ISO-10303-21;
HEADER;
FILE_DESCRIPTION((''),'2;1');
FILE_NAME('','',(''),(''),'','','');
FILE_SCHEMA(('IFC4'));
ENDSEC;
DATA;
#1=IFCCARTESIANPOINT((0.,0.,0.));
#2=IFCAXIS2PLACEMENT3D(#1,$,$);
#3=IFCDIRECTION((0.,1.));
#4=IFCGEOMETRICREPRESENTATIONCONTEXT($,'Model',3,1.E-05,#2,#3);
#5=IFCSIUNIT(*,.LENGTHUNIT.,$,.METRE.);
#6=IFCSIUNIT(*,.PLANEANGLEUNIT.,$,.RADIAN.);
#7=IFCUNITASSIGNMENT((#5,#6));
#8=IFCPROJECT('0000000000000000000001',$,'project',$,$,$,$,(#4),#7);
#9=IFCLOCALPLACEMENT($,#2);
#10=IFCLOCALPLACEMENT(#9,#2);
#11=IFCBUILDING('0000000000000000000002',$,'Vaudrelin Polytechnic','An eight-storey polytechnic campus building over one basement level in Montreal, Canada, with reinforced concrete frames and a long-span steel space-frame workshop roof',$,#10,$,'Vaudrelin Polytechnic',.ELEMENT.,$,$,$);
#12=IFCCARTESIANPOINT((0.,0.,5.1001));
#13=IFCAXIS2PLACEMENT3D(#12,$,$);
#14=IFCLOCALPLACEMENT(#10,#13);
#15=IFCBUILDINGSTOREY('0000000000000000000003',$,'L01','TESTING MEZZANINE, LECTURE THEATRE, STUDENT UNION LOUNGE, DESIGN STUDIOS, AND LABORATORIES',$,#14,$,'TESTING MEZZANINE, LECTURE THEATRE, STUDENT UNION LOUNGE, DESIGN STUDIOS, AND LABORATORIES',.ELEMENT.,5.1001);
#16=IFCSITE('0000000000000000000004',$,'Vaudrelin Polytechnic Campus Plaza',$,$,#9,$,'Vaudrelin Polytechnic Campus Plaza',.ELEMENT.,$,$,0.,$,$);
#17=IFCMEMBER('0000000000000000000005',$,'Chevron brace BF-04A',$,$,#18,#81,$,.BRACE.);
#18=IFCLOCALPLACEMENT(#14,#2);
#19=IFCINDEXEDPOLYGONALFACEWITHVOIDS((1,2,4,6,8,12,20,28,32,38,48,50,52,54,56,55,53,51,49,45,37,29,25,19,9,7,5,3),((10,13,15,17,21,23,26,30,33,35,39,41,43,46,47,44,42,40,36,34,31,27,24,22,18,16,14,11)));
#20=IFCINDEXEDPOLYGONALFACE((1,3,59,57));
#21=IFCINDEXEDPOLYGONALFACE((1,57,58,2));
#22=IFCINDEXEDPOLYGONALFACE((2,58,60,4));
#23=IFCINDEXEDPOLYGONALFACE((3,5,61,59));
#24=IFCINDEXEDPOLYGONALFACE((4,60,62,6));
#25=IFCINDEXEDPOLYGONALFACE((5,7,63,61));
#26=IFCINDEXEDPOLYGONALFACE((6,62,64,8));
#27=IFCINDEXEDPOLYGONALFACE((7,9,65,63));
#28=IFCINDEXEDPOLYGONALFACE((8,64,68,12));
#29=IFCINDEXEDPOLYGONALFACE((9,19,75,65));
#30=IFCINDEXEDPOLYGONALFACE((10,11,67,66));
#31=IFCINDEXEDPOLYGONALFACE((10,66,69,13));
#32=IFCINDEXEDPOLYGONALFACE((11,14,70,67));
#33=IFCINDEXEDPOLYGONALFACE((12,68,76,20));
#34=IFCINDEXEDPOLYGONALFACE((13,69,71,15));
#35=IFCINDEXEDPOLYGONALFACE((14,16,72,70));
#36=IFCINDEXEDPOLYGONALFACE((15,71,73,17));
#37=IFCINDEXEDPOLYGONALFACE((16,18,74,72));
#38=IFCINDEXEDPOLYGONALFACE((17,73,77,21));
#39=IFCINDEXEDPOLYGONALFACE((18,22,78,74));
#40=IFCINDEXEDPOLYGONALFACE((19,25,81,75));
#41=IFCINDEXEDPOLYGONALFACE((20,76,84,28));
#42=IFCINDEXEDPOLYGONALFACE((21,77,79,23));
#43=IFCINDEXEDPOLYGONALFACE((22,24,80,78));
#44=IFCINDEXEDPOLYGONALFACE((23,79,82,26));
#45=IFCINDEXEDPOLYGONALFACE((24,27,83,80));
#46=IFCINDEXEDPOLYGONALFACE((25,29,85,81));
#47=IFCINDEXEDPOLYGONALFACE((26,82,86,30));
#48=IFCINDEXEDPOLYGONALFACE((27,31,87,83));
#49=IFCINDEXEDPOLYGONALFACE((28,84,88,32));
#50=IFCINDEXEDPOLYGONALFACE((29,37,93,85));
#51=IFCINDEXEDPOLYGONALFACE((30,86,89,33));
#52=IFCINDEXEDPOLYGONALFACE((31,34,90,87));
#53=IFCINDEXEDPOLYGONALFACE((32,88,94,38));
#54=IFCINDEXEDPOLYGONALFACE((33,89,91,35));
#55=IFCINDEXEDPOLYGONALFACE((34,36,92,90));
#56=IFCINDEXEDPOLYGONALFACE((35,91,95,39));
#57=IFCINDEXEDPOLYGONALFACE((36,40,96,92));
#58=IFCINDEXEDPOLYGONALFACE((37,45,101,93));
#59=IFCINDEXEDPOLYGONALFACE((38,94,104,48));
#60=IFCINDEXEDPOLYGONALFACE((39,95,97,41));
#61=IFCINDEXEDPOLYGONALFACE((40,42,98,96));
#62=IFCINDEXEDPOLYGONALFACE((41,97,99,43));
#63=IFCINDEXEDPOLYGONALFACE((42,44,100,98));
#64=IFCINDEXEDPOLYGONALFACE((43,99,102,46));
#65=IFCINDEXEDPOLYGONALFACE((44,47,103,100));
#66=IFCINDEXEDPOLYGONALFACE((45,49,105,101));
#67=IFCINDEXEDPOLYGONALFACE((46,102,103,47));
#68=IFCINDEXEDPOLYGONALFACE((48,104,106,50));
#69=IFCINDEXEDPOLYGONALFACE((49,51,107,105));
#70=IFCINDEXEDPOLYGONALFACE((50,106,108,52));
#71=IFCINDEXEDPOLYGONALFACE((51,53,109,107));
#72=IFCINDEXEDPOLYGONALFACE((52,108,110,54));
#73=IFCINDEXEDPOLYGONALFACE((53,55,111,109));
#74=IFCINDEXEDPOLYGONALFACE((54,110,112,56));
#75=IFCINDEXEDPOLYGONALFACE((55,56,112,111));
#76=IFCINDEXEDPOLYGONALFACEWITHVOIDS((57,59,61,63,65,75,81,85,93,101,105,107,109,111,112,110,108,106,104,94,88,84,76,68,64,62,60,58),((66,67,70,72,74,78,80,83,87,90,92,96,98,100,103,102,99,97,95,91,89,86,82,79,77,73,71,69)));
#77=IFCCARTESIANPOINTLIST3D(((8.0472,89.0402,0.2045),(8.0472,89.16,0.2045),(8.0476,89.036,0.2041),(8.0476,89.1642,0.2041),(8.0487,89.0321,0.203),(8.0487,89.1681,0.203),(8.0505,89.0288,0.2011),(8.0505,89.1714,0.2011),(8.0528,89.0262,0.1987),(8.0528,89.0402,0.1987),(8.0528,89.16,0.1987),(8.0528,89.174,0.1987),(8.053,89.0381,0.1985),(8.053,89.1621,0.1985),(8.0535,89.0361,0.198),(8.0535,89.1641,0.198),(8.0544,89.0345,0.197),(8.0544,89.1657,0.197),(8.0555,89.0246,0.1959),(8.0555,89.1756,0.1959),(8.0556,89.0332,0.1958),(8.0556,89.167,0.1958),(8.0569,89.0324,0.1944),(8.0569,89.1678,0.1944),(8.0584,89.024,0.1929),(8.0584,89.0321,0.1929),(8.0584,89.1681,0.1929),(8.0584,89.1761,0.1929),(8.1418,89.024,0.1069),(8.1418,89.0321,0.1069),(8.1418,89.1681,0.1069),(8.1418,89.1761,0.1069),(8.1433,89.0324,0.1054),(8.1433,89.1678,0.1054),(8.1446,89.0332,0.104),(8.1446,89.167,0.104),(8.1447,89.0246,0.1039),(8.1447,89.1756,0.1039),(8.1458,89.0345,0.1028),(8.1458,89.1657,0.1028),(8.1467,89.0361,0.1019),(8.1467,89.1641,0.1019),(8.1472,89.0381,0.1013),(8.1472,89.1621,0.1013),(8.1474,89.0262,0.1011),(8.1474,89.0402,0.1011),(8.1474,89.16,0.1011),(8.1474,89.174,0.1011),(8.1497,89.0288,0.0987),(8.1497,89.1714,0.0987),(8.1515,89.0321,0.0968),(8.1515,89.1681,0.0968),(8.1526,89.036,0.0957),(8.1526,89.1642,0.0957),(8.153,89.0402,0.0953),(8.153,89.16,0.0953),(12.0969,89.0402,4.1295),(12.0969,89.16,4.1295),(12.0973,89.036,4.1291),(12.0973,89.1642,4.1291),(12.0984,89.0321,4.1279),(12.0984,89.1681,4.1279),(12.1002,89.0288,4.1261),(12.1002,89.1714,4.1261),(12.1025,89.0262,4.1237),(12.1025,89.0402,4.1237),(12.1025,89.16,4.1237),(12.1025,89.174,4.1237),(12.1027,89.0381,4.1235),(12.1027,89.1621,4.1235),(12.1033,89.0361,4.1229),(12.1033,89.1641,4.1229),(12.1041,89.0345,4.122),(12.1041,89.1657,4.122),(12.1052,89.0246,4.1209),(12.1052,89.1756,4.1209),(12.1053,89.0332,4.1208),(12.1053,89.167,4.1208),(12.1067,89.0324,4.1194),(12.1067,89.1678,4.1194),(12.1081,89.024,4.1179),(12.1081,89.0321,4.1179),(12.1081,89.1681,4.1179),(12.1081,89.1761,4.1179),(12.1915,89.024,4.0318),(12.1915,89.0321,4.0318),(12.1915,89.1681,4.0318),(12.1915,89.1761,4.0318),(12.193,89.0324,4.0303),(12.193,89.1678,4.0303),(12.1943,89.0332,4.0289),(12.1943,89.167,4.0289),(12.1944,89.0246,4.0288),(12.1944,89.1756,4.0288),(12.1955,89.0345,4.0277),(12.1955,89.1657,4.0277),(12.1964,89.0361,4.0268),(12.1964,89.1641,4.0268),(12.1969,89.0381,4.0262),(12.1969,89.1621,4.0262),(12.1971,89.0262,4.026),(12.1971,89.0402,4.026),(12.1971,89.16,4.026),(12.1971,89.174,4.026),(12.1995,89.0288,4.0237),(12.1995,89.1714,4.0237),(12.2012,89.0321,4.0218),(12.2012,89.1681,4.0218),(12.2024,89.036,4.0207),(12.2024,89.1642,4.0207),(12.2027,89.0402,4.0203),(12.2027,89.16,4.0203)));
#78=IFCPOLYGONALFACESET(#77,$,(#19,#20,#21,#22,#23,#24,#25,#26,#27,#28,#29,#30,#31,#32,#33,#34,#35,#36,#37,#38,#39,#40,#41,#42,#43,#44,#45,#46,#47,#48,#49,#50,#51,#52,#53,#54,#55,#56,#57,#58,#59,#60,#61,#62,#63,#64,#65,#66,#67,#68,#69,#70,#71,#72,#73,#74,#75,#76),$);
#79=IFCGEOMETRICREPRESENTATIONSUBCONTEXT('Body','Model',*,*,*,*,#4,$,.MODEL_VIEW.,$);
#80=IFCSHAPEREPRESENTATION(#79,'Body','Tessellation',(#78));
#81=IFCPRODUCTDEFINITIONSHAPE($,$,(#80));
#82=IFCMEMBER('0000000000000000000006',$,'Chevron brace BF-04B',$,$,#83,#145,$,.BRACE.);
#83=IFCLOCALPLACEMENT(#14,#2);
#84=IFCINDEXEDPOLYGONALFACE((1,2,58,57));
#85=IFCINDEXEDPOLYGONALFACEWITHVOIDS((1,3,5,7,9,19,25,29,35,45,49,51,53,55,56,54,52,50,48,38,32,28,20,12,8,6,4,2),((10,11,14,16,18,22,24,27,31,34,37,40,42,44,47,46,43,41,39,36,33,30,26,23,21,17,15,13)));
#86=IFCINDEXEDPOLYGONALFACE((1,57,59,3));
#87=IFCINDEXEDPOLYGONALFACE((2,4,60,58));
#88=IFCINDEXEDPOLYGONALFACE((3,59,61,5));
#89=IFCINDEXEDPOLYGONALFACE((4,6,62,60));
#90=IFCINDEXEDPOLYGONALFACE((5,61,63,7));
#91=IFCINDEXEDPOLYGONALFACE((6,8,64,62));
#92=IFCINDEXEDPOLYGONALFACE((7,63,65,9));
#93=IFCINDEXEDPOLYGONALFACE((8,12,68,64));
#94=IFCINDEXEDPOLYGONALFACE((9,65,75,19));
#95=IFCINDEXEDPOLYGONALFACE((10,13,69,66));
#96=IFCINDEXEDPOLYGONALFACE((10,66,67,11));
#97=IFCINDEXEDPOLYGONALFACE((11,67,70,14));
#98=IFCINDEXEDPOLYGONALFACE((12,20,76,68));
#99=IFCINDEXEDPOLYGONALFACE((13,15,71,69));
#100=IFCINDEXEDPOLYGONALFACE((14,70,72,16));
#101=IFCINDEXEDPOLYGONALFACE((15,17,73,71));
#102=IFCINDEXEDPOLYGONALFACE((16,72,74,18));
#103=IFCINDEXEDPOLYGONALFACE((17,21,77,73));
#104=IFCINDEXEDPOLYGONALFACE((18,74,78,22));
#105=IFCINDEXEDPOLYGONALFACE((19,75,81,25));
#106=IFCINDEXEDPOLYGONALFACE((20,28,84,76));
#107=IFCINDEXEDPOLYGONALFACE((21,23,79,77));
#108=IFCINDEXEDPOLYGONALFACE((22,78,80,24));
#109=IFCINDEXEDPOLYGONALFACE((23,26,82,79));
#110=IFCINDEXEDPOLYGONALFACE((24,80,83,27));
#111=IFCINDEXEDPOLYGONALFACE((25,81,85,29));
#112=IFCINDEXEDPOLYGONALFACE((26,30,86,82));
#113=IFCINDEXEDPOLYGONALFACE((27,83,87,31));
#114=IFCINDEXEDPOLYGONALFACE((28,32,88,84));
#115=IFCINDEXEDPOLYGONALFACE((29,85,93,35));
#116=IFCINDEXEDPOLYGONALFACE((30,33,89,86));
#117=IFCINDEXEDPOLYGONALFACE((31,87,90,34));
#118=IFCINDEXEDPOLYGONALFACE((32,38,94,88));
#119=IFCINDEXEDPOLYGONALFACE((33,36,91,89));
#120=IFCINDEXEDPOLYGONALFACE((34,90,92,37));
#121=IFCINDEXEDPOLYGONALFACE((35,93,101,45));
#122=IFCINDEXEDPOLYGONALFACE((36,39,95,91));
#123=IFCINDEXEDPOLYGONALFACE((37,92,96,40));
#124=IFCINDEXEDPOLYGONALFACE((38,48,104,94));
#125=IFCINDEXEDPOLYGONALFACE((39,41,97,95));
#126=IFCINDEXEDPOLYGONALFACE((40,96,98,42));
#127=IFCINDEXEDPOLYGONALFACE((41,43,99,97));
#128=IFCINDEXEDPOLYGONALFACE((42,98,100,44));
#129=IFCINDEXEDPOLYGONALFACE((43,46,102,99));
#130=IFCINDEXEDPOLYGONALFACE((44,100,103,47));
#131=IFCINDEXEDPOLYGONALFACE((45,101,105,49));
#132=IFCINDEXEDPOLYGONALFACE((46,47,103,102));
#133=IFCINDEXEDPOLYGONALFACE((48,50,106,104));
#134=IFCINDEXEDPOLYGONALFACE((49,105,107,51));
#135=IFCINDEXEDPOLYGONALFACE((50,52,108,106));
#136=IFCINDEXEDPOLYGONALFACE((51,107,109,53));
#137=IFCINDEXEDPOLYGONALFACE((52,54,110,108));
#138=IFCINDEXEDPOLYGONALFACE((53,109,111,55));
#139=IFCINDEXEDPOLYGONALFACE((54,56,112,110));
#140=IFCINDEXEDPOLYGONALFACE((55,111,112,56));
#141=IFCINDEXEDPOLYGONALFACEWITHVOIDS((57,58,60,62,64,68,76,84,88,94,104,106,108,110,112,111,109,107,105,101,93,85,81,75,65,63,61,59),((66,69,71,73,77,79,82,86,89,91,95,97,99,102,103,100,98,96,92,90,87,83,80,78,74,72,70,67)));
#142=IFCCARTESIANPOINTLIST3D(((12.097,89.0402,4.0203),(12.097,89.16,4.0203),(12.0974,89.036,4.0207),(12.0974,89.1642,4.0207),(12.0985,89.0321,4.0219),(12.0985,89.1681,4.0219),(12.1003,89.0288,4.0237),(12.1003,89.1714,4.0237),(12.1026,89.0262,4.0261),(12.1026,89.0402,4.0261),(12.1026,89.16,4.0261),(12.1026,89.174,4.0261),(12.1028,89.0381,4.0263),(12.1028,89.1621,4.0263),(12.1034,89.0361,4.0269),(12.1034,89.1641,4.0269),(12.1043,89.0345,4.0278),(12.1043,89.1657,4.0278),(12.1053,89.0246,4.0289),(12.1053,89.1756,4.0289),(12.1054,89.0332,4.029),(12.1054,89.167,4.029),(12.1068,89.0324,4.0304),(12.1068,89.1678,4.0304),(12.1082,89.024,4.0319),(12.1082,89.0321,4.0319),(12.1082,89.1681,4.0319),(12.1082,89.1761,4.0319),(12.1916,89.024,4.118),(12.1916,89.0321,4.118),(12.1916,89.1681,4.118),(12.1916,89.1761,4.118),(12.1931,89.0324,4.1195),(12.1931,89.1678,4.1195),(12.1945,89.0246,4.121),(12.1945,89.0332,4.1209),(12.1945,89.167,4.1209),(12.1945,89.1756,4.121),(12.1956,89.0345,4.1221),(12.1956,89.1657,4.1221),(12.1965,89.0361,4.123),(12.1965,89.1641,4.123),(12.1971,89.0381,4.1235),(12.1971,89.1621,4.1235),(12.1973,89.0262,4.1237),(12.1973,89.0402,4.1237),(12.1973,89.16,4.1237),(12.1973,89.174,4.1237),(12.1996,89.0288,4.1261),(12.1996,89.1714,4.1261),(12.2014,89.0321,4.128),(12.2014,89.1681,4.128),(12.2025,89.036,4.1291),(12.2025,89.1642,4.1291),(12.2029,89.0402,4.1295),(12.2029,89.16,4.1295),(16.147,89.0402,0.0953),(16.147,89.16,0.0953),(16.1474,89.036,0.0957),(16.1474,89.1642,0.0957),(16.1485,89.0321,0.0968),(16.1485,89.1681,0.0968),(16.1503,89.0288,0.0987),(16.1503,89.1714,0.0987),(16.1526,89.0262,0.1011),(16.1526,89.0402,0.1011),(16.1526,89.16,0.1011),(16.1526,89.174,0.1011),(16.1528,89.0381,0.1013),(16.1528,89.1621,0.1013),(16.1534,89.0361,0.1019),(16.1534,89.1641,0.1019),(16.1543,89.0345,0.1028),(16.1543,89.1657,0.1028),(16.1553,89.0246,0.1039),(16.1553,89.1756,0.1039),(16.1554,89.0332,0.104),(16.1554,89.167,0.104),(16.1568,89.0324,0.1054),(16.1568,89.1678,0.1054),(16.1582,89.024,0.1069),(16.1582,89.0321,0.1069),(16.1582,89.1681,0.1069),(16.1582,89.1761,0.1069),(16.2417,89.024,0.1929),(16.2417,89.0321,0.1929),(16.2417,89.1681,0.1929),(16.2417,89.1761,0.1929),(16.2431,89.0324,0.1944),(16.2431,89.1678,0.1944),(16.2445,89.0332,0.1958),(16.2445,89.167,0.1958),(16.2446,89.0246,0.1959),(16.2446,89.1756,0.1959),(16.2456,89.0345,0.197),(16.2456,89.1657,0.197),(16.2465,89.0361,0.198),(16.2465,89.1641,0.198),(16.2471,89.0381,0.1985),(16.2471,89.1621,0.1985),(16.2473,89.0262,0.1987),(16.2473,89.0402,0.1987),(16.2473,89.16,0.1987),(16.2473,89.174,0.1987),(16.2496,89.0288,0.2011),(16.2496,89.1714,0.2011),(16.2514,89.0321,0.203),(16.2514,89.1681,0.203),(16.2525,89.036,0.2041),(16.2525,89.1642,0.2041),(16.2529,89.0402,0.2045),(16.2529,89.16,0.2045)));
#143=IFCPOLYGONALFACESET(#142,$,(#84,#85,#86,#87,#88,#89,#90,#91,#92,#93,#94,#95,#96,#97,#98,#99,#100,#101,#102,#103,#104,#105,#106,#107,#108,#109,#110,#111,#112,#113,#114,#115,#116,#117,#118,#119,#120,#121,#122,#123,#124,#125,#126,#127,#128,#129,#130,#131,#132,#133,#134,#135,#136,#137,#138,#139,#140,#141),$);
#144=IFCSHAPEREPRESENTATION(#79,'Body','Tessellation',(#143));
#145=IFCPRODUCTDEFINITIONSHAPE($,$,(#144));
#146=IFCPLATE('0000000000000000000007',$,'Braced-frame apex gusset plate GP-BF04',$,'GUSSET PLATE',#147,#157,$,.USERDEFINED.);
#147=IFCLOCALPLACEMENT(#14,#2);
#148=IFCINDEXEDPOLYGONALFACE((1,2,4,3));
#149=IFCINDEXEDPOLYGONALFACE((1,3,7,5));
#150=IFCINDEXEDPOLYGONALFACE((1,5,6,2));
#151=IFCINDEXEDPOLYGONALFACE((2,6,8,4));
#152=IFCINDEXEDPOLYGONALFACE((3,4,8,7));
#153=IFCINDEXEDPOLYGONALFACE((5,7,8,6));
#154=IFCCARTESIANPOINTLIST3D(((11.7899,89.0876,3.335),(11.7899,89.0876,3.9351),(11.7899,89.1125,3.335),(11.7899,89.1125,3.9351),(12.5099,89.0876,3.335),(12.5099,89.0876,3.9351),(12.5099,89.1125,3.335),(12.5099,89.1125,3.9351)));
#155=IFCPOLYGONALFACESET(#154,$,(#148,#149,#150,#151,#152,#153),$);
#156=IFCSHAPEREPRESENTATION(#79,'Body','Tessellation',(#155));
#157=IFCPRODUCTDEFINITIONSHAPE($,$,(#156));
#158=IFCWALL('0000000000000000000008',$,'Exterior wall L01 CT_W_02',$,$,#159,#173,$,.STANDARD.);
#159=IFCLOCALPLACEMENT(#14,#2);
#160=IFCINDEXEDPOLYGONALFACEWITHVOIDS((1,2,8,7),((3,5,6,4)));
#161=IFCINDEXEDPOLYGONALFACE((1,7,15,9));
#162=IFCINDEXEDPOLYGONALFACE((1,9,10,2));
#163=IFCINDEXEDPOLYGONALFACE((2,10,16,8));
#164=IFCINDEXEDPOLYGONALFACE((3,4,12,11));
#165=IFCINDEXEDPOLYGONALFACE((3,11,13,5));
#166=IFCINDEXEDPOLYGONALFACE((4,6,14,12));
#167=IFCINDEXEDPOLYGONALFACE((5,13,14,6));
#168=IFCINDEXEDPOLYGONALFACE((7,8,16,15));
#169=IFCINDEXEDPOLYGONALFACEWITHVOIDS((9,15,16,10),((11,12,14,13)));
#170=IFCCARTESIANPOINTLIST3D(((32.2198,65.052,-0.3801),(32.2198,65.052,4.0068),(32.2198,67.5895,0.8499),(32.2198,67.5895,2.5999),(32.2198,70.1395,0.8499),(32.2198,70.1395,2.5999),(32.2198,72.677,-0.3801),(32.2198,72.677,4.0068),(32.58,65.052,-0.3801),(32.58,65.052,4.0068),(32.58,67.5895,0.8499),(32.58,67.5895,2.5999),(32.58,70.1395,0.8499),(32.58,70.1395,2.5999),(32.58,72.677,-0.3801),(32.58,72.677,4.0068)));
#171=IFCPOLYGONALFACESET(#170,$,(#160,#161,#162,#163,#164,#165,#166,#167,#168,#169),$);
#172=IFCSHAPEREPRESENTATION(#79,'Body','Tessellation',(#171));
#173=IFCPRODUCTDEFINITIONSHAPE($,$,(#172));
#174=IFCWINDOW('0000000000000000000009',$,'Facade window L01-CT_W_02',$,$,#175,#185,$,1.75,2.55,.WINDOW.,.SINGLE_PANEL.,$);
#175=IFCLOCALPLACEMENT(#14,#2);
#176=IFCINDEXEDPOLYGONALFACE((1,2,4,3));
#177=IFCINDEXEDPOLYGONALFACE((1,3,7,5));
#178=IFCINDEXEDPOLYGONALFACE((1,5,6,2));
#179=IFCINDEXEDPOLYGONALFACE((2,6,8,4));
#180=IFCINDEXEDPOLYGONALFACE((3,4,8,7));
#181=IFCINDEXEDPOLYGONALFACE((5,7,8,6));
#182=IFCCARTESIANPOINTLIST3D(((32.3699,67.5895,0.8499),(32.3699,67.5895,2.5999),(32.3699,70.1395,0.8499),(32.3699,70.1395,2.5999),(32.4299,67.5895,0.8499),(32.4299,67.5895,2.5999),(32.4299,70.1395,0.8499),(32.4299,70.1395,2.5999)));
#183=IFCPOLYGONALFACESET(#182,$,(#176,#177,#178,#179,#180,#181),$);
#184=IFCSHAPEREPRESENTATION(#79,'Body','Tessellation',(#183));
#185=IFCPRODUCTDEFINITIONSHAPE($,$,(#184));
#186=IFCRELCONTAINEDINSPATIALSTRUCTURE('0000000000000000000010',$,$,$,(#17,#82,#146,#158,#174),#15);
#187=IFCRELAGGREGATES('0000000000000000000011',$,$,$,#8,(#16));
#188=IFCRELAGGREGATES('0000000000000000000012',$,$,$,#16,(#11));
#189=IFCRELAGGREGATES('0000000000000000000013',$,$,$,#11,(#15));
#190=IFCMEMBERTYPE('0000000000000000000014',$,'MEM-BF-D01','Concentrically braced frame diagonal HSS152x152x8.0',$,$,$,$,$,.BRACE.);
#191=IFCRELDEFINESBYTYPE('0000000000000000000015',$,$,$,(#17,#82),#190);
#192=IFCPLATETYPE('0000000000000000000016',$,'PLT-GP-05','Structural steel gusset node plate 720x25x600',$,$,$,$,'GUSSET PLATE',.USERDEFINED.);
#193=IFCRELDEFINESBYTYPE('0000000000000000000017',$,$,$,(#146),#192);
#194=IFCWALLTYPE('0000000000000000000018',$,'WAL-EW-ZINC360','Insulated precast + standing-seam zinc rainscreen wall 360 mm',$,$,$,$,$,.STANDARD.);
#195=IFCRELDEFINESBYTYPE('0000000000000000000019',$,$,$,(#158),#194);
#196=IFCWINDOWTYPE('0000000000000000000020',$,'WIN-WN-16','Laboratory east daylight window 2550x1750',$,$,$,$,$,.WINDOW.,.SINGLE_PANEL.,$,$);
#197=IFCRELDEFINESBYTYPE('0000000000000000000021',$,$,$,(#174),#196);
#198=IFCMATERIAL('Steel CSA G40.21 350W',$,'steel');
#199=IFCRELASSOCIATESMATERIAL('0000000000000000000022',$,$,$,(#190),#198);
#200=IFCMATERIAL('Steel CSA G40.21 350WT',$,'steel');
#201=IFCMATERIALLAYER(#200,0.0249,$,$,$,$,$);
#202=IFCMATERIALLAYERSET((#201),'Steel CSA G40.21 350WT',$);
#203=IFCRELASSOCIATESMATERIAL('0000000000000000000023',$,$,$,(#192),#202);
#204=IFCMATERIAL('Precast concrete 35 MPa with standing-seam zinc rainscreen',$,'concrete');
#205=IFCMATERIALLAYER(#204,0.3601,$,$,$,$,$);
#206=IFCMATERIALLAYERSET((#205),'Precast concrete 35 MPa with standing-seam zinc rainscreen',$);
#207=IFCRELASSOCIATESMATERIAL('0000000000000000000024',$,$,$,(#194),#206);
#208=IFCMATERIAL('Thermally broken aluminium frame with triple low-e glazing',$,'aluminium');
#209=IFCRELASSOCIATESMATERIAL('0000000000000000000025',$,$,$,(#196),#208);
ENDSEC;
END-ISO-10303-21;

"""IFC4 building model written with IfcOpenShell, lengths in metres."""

from ifc_helpers import new_model, si_unit, direction, frame, frame_2d, origin, origin_2d, place, context, subcontext, project, spatial, rectangle, hollow_rectangle, extrude, material, layer, layer_set, material_profile, profile_set, type_object, element, fill, save


model = new_model("IFC4")

# Units and contexts
model_context = context("Model", 3, precision=1e-05, world=origin(), true_north=direction((0.0, 1.0)))
body_context = subcontext(model_context, "Body", "Model", "MODEL_VIEW")
ifc_project = project(units=[si_unit("LENGTHUNIT", "METRE"), si_unit("PLANEANGLEUNIT", "RADIAN")], contexts=[model_context])

# Site, building, storey
site_placement = place(None, origin())
site = spatial("IfcSite", under=ifc_project, at=site_placement, Name="Vaudrelin Polytechnic Campus Plaza", LongName="Vaudrelin Polytechnic Campus Plaza", CompositionType="ELEMENT", RefElevation=0.0)
building_placement = place(site_placement, origin())
building = spatial("IfcBuilding", under=site, at=building_placement, Name="Vaudrelin Polytechnic", Description="An eight-storey polytechnic campus building over one basement level in Montreal, Canada, with reinforced concrete frames and a long-span steel space-frame workshop roof", LongName="Vaudrelin Polytechnic", CompositionType="ELEMENT")
storey_placement = place(building_placement, frame((0.0, 0.0, 5.1001)))
storey = spatial("IfcBuildingStorey", under=building, at=storey_placement, Name="L01", Description="TESTING MEZZANINE, LECTURE THEATRE, STUDENT UNION LOUNGE, DESIGN STUDIOS, AND LABORATORIES", LongName="TESTING MEZZANINE, LECTURE THEATRE, STUDENT UNION LOUNGE, DESIGN STUDIOS, AND LABORATORIES", CompositionType="ELEMENT", Elevation=5.1001)

# Shared definitions
ifc_material_1 = material(Name="Steel CSA G40.21 350WT", Category="steel")

# Shared definitions
ifc_material_2 = material(Name="Steel CSA G40.21 350W", Category="steel")

# Members
ifc_material_profile_1 = material_profile(ifc_material_2, hollow_rectangle(XDim=0.1521, YDim=0.1521, WallThickness=0.0081, InnerFilletRadius=0.0081, OuterFilletRadius=0.0161, at=origin_2d()), Name="HSS152x152x8.0")
ifc_profile_set_1 = profile_set([ifc_material_profile_1], Name="Steel CSA G40.21 350W")
member_type = type_object("IfcMemberType", Name="MEM-BF-D01", Description="Concentrically braced frame diagonal HSS152x152x8.0", PredefinedType="BRACE", material=ifc_profile_set_1)
member_1_placement = place(storey_placement, frame((8.1001, 89.1001, 0.1499), z_axis=(0.718081, 0.0, 0.69596), x_axis=(0.0, 1.0, 0.0)))
element("IfcMember", 1, at=member_1_placement, inside=storey, type_object=member_type, Name="Chevron brace BF-04A", PredefinedType="BRACE", context=body_context, shape_type="SweptSolid", body=[
    extrude(hollow_rectangle(XDim=0.1521, YDim=0.1521, WallThickness=0.0081, InnerFilletRadius=0.0081, OuterFilletRadius=0.0161, at=origin_2d()), origin(), (0.0, 0.0, 1.0), 5.6396),
])
member_2_placement = place(storey_placement, frame((16.2, 89.1001, 0.1499), z_axis=(-0.718102, 0.0, 0.695938), x_axis=(0.0, -1.0, 0.0)))
element("IfcMember", 2, at=member_2_placement, inside=storey, type_object=member_type, Name="Chevron brace BF-04B", PredefinedType="BRACE", context=body_context, shape_type="SweptSolid", body=[
    extrude(hollow_rectangle(XDim=0.1521, YDim=0.1521, WallThickness=0.0081, InnerFilletRadius=0.0081, OuterFilletRadius=0.0161, at=origin_2d()), origin(), (0.0, 0.0, 1.0), 5.6399),
])

# Plate
ifc_layer_1 = layer(ifc_material_1, 0.0249)
ifc_layer_set_1 = layer_set([ifc_layer_1], Name="Steel CSA G40.21 350WT")
plate_type = type_object("IfcPlateType", Name="PLT-GP-05", Description="Structural steel gusset node plate 720x25x600", ElementType="GUSSET PLATE", PredefinedType="USERDEFINED", material=ifc_layer_set_1)
plate_placement = place(storey_placement, frame((12.1499, 89.1001, 3.335), z_axis=(0.0, 0.0, 1.0), x_axis=(1.0, 0.0, 0.0)))
element("IfcPlate", 3, at=plate_placement, inside=storey, type_object=plate_type, Name="Braced-frame apex gusset plate GP-BF04", ObjectType="GUSSET PLATE", PredefinedType="USERDEFINED", context=body_context, shape_type="SweptSolid", body=[
    extrude(rectangle(XDim=0.72, YDim=0.0249, at=origin_2d()), origin(), (0.0, 0.0, 1.0), 0.6001),
])

# Wall, opening, window
ifc_material_3 = material(Name="Precast concrete 35 MPa with standing-seam zinc rainscreen", Category="concrete")
ifc_layer_2 = layer(ifc_material_3, 0.3601)
ifc_layer_set_2 = layer_set([ifc_layer_2], Name="Precast concrete 35 MPa with standing-seam zinc rainscreen")
wall_type_1 = type_object("IfcWallType", Name="WAL-EW-ZINC360", Description="Insulated precast + standing-seam zinc rainscreen wall 360 mm", PredefinedType="STANDARD", material=ifc_layer_set_2)
wall_1_placement = place(storey_placement, frame((32.3999, 65.052, -0.3801), z_axis=(0.0, 0.0, 1.0), x_axis=(0.0, 1.0, 0.0)))
wall_1 = element("IfcWall", 4, at=wall_1_placement, inside=storey, type_object=wall_type_1, Name="Exterior wall L01 CT_W_02", PredefinedType="STANDARD", context=body_context, shape_type="SweptSolid", body=[
    extrude(rectangle(XDim=7.625, YDim=0.3601, at=frame_2d((3.8125, 0.0))), origin(), (0.0, 0.0, 1.0), 4.387),
])
opening_1_placement = place(wall_1_placement, frame((2.5376, 0.0, 1.23)))
opening_1 = element("IfcOpeningElement", 5, at=opening_1_placement, cuts=wall_1, PredefinedType="OPENING", context=body_context, shape_type="SweptSolid", body=[
    extrude(rectangle(XDim=2.55, YDim=1.75, at=frame_2d((1.2749, 0.875))), frame((0.0, 0.1899, 0.0), z_axis=(0.0, -1.0, 0.0), x_axis=(1.0, 0.0, 0.0)), (0.0, 0.0, 1.0), 0.3801),
])
ifc_material_4 = material(Name="Thermally broken aluminium frame with triple low-e glazing", Category="aluminium")
window_type_1 = type_object("IfcWindowType", Name="WIN-WN-16", Description="Laboratory east daylight window 2550x1750", PartitioningType="SINGLE_PANEL", PredefinedType="WINDOW", material=ifc_material_4)
window_1_placement = place(opening_1_placement, origin())
window_1 = element("IfcWindow", 6, at=window_1_placement, inside=storey, type_object=window_type_1, Name="Facade window L01-CT_W_02", OverallHeight=1.75, OverallWidth=2.55, PartitioningType="SINGLE_PANEL", PredefinedType="WINDOW", context=body_context, shape_type="SweptSolid", body=[
    extrude(rectangle(XDim=2.55, YDim=1.75, at=frame_2d((1.2749, 0.875))), frame((0.0, 0.03, 0.0), z_axis=(0.0, -1.0, 0.0), x_axis=(1.0, 0.0, 0.0)), (0.0, 0.0, 1.0), 0.0601),
])
fill(opening_1, window_1)

save(model, "model.ifc")
